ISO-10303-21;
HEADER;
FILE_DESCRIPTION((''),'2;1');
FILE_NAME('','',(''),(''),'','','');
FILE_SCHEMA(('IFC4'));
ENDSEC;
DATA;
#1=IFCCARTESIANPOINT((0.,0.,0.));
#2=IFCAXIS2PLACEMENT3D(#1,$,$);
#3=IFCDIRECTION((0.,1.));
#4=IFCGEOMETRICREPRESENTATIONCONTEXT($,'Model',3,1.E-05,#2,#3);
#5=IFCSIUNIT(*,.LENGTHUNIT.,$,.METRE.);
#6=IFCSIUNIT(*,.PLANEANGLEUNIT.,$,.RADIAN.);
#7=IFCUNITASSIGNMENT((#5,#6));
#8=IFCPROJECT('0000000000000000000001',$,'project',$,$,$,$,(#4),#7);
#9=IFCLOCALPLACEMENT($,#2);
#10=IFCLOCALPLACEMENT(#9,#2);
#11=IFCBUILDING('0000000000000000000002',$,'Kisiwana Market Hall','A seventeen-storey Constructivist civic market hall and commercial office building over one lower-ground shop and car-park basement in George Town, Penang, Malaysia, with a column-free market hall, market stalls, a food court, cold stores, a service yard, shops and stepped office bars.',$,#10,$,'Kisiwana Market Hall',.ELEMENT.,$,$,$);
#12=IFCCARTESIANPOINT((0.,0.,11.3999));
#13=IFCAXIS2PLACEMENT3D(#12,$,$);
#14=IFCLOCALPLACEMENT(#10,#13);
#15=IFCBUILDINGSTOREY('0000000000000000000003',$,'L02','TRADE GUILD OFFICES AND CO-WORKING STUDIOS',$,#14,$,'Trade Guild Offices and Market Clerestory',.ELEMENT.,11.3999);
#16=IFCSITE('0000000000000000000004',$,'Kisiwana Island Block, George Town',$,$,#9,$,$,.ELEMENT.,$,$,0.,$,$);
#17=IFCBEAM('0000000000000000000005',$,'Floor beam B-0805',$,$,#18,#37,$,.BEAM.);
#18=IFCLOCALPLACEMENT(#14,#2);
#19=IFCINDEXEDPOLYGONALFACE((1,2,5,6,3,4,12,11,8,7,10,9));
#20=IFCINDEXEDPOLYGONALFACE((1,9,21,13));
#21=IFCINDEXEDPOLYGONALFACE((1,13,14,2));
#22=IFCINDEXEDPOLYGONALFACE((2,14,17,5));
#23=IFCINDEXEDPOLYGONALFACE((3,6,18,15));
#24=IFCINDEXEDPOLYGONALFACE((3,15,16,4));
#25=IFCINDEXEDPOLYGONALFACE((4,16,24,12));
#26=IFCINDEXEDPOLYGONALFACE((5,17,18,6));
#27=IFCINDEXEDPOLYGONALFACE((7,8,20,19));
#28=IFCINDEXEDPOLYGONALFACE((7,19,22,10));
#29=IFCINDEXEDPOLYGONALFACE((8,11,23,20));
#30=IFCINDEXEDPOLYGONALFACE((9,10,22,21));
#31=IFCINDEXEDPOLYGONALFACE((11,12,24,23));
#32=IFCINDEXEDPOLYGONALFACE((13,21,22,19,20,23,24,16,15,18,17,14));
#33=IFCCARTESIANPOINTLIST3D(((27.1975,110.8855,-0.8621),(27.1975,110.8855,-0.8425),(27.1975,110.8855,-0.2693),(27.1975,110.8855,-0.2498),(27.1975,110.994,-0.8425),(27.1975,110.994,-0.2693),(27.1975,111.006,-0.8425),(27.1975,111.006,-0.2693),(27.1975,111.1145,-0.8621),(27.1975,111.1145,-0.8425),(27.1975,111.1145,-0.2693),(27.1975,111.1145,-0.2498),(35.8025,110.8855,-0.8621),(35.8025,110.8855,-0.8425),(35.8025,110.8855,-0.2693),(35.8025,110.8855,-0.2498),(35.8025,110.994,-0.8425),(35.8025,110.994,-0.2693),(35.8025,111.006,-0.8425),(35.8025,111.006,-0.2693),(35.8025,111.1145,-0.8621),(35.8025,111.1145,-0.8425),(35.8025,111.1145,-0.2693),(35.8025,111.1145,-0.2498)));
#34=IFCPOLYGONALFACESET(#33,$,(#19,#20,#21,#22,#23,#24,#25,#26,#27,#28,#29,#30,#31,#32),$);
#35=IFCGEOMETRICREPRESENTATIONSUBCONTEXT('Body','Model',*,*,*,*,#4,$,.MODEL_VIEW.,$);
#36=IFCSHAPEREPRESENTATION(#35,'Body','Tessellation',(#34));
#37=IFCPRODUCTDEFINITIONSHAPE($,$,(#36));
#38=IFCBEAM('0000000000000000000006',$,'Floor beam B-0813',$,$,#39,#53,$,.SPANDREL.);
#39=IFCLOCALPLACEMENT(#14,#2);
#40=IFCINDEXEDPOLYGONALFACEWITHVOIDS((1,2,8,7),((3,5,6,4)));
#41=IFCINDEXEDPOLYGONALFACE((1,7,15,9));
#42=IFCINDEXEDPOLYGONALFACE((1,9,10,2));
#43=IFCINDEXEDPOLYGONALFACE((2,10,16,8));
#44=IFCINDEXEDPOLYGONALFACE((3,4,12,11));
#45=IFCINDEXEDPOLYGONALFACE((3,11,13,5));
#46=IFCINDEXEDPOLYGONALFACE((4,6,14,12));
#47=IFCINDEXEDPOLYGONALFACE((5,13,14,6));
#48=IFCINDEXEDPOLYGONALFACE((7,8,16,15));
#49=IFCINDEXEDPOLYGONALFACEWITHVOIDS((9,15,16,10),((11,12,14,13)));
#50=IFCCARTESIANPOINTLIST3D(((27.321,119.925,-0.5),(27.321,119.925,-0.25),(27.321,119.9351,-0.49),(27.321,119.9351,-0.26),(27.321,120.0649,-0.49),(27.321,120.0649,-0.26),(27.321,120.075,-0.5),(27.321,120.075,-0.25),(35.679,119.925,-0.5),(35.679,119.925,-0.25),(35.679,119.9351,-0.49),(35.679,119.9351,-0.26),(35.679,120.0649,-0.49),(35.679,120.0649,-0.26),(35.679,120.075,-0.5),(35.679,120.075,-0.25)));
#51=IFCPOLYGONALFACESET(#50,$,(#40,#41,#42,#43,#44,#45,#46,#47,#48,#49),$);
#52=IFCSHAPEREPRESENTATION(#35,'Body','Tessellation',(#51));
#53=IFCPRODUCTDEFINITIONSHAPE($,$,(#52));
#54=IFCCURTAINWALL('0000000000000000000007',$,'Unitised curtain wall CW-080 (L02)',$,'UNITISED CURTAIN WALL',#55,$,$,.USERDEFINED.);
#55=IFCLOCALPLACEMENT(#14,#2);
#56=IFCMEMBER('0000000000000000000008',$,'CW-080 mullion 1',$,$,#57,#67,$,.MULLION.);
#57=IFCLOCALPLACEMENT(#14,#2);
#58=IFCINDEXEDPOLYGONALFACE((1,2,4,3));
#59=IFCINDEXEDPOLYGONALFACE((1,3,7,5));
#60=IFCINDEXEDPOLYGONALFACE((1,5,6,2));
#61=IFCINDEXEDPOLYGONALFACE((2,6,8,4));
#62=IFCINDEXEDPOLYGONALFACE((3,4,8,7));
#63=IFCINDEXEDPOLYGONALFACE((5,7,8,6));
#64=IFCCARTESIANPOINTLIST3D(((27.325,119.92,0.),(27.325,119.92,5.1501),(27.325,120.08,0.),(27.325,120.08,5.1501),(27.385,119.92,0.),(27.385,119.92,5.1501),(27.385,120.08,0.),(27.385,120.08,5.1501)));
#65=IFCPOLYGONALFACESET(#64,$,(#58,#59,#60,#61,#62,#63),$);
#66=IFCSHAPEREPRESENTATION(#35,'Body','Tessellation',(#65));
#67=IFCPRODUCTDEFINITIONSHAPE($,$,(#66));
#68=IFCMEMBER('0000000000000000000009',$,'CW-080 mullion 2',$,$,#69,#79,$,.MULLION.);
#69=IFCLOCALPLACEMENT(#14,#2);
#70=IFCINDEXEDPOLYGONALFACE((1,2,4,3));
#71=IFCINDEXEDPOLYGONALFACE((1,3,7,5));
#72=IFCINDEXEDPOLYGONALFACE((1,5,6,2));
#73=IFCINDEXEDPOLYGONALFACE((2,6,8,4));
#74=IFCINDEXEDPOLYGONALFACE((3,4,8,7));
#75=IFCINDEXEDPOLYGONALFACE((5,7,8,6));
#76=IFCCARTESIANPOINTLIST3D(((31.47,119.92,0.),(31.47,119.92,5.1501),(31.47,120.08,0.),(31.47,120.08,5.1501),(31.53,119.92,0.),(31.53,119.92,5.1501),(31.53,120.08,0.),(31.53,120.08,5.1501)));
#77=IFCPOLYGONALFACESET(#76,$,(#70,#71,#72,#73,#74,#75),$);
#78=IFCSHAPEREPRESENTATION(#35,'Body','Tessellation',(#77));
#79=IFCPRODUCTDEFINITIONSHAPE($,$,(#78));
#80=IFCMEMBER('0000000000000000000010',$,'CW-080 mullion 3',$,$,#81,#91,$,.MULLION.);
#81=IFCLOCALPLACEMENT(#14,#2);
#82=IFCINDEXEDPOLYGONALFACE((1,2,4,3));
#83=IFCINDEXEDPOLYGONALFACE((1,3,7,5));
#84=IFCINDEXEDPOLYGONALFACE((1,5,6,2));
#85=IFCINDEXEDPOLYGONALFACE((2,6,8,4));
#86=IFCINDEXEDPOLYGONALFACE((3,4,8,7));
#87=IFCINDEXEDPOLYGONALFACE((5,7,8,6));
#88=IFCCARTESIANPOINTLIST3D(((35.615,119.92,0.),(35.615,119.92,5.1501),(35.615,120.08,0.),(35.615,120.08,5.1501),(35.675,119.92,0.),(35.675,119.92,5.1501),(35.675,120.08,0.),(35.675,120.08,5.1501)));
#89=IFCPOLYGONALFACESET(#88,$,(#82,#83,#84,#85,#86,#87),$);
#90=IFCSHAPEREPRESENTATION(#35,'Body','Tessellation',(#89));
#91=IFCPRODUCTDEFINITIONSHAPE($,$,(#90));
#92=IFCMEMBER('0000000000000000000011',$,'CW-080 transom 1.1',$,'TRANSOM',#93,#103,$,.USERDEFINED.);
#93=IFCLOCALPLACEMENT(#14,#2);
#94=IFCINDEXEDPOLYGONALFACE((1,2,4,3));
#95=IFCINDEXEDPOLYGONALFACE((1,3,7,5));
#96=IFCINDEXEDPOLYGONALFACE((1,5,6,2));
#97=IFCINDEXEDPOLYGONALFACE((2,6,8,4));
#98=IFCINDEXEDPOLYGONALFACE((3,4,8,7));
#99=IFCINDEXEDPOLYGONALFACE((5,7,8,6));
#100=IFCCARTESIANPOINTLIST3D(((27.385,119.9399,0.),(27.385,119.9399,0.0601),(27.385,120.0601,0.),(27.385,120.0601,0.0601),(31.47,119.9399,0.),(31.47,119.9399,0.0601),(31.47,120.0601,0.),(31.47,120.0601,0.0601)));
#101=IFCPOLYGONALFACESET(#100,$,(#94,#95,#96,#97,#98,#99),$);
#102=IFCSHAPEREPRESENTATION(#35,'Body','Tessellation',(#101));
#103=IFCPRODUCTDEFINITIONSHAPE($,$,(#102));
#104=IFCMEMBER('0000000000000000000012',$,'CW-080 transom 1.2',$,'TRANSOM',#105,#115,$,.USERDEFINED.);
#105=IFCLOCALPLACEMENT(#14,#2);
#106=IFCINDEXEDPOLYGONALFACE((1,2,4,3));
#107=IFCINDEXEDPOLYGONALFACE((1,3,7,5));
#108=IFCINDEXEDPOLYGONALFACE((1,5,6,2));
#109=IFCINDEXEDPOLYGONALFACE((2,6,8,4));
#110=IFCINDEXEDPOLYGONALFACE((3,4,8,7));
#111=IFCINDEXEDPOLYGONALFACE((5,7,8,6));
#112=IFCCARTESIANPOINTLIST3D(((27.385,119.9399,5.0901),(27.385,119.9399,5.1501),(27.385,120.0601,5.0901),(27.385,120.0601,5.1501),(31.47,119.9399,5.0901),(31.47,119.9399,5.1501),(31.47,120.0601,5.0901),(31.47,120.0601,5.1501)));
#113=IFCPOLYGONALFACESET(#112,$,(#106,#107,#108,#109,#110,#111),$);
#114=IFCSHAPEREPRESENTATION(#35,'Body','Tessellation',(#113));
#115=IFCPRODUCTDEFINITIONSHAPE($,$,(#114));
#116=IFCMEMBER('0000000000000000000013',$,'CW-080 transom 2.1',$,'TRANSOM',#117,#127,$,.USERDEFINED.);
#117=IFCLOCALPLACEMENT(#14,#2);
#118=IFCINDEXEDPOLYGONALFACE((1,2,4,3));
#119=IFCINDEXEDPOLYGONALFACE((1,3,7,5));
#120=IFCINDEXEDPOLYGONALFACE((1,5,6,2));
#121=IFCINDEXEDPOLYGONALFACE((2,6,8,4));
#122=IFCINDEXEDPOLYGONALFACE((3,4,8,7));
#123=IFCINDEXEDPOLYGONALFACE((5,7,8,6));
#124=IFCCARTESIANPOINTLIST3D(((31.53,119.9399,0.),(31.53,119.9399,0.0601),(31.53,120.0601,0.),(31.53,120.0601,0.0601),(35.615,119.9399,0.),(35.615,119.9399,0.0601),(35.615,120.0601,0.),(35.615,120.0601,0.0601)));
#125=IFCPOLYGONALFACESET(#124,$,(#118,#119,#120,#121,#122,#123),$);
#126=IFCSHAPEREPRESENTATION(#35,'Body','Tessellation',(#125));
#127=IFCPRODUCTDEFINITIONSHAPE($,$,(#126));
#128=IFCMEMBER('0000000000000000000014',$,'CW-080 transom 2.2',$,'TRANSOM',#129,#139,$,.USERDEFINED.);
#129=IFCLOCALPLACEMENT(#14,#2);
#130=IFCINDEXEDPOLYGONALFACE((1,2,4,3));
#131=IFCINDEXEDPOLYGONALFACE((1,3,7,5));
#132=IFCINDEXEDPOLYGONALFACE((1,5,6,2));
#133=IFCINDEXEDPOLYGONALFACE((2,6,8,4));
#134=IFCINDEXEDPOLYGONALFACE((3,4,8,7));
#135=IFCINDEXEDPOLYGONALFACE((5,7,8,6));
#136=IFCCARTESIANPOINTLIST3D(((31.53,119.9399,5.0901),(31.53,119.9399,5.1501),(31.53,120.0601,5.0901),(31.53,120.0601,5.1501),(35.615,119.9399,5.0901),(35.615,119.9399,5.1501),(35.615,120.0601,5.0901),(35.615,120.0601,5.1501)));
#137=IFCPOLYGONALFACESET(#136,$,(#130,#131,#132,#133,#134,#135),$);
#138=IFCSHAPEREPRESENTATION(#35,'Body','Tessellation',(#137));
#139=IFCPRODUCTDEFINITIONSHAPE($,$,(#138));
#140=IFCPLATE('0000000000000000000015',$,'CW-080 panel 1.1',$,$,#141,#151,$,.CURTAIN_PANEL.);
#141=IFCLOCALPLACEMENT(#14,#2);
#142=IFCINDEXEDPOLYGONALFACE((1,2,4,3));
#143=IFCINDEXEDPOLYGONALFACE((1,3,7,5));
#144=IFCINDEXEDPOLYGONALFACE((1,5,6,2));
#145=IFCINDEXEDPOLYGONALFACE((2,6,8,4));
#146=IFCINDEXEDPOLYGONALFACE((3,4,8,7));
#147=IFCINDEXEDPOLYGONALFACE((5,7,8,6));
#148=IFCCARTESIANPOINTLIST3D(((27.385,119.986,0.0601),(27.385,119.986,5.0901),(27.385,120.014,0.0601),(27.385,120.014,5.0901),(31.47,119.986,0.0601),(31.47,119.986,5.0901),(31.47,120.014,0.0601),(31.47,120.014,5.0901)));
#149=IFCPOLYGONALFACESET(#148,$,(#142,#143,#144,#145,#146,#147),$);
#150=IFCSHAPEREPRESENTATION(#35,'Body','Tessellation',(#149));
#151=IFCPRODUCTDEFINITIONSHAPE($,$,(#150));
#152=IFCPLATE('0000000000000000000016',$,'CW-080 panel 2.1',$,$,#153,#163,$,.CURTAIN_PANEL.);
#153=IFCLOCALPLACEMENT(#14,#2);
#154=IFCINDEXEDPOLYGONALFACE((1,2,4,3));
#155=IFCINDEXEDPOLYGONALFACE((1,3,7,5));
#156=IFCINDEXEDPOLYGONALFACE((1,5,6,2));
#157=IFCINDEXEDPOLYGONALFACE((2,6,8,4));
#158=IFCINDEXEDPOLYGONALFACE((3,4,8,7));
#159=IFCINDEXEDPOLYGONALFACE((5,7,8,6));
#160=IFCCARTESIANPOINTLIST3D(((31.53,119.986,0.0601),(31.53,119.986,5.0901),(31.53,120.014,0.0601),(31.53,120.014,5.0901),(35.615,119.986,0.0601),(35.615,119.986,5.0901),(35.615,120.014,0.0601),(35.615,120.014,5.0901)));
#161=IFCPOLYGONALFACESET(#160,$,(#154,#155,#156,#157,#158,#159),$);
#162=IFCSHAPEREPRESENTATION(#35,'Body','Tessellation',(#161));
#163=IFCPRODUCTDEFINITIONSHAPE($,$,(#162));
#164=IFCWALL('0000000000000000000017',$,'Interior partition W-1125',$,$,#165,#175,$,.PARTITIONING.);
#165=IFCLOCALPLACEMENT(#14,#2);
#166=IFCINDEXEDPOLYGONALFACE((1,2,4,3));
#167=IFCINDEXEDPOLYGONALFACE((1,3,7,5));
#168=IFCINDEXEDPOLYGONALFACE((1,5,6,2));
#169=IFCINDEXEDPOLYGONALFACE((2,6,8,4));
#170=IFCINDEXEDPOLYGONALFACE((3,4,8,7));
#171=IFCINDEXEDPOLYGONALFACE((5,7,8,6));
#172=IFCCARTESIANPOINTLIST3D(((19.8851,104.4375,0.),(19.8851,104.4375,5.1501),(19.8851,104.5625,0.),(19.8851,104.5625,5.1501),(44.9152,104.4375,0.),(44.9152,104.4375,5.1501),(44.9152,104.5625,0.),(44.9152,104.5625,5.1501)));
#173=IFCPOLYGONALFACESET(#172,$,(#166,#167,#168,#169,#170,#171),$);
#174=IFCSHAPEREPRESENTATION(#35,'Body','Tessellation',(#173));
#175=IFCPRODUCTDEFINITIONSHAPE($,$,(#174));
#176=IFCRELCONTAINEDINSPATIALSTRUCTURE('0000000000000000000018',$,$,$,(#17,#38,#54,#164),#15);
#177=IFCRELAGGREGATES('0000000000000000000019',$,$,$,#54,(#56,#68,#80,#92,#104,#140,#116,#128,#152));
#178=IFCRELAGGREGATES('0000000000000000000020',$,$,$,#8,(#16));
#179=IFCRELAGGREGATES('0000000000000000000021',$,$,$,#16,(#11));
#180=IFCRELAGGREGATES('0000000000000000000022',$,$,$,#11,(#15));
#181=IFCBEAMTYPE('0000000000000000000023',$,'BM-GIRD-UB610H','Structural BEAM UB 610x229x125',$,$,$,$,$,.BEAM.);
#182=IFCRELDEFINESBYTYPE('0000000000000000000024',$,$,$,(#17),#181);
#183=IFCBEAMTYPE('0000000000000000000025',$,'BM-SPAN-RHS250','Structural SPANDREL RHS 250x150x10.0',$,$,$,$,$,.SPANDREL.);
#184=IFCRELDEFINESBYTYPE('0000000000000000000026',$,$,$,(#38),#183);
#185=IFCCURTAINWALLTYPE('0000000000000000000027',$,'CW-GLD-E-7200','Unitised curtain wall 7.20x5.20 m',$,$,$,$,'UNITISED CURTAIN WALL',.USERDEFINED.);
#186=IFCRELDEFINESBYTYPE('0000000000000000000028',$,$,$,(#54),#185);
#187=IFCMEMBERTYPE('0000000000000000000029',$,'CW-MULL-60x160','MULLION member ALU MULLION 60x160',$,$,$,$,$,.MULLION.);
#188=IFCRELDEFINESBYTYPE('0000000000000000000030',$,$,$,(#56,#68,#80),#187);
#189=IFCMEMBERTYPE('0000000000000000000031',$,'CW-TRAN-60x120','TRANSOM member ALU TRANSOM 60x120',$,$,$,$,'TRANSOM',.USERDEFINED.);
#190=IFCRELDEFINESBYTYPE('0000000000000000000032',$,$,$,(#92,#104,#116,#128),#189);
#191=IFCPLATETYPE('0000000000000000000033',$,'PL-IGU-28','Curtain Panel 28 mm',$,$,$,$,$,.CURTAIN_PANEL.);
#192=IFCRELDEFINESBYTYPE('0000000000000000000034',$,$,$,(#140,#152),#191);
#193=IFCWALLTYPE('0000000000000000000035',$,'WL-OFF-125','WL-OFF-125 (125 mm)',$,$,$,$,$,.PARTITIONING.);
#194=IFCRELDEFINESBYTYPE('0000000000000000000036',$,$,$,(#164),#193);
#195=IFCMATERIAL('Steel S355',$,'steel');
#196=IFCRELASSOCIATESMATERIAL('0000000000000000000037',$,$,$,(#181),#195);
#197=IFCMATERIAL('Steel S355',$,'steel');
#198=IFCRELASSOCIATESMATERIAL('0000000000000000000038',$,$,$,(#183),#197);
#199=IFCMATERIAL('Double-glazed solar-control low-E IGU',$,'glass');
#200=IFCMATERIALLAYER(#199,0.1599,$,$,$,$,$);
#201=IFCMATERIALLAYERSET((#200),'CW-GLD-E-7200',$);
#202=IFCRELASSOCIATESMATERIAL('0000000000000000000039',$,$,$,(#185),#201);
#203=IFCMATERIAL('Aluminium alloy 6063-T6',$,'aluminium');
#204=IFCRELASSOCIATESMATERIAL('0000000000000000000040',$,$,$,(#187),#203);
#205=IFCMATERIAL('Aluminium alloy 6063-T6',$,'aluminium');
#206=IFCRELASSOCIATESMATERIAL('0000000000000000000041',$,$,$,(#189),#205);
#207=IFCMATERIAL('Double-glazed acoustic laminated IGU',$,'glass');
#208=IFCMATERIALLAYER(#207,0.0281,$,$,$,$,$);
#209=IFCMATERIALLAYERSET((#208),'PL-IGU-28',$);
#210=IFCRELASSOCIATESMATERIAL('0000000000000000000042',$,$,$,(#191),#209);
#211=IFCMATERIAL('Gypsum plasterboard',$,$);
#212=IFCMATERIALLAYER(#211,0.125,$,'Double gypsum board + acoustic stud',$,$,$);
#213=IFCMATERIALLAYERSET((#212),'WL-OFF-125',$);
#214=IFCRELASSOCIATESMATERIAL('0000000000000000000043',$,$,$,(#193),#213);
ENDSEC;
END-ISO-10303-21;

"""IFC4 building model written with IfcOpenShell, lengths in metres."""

from ifc_helpers import new_model, si_unit, direction, frame, frame_2d, origin, origin_2d, place, context, subcontext, project, spatial, rectangle, hollow_rectangle, i_section, extrude, material, layer, layer_set, material_profile, profile_set, type_object, element, aggregate, save


model = new_model("IFC4")

# Units and contexts
model_context = context("Model", 3, precision=1e-05, world=origin(), true_north=direction((0.0, 1.0)))
body_context = subcontext(model_context, "Body", "Model", "MODEL_VIEW")
ifc_project = project(units=[si_unit("LENGTHUNIT", "METRE"), si_unit("PLANEANGLEUNIT", "RADIAN")], contexts=[model_context])

# Site, building, storey
site_placement = place(None, origin())
site = spatial("IfcSite", under=ifc_project, at=site_placement, Name="Kisiwana Island Block, George Town", CompositionType="ELEMENT", RefElevation=0.0)
building_placement = place(site_placement, origin())
building = spatial("IfcBuilding", under=site, at=building_placement, Name="Kisiwana Market Hall", Description="A seventeen-storey Constructivist civic market hall and commercial office building over one lower-ground shop and car-park basement in George Town, Penang, Malaysia, with a column-free market hall, market stalls, a food court, cold stores, a service yard, shops and stepped office bars.", LongName="Kisiwana Market Hall", CompositionType="ELEMENT")
storey_placement = place(building_placement, frame((0.0, 0.0, 11.3999)))
storey = spatial("IfcBuildingStorey", under=building, at=storey_placement, Name="L02", Description="TRADE GUILD OFFICES AND CO-WORKING STUDIOS", LongName="Trade Guild Offices and Market Clerestory", CompositionType="ELEMENT", Elevation=11.3999)

# Beams
ifc_material_1 = material(Name="Steel S355", Category="steel")
ifc_material_profile_1 = material_profile(ifc_material_1, i_section(OverallWidth=0.229, OverallDepth=0.6123, WebThickness=0.012, FlangeThickness=0.0195, at=origin_2d()), Name="UB 610x229x125")
ifc_profile_set_1 = profile_set([ifc_material_profile_1], Name="Steel S355")
beam_type_1 = type_object("IfcBeamType", Name="BM-GIRD-UB610H", Description="Structural BEAM UB 610x229x125", PredefinedType="BEAM", material=ifc_profile_set_1)
beam_1_placement = place(storey_placement, frame((27.1975, 111.0, -0.5559), z_axis=(1.0, 0.0, 0.0), x_axis=(0.0, 1.0, 0.0)))
element("IfcBeam", 1, at=beam_1_placement, inside=storey, type_object=beam_type_1, Name="Floor beam B-0805", PredefinedType="BEAM", context=body_context, shape_type="SweptSolid", body=[
    extrude(i_section(OverallWidth=0.229, OverallDepth=0.6123, WebThickness=0.012, FlangeThickness=0.0195, at=origin_2d()), origin(), (0.0, 0.0, 1.0), 8.605),
])
ifc_material_2 = material(Name="Steel S355", Category="steel")
ifc_material_profile_2 = material_profile(ifc_material_2, hollow_rectangle(XDim=0.1499, YDim=0.25, WallThickness=0.01, at=origin_2d()), Name="RHS 250x150x10.0")
ifc_profile_set_2 = profile_set([ifc_material_profile_2], Name="Steel S355")
beam_type_2 = type_object("IfcBeamType", Name="BM-SPAN-RHS250", Description="Structural SPANDREL RHS 250x150x10.0", PredefinedType="SPANDREL", material=ifc_profile_set_2)
beam_2_placement = place(storey_placement, frame((27.321, 120.0, -0.375), z_axis=(1.0, 0.0, 0.0), x_axis=(0.0, 1.0, 0.0)))
element("IfcBeam", 2, at=beam_2_placement, inside=storey, type_object=beam_type_2, Name="Floor beam B-0813", PredefinedType="SPANDREL", context=body_context, shape_type="SweptSolid", body=[
    extrude(hollow_rectangle(XDim=0.1499, YDim=0.25, WallThickness=0.01, at=origin_2d()), origin(), (0.0, 0.0, 1.0), 8.3579),
])

# Curtain wall, members, plates
ifc_material_3 = material(Name="Double-glazed solar-control low-E IGU", Category="glass")
ifc_layer_1 = layer(ifc_material_3, 0.1599)
ifc_layer_set_1 = layer_set([ifc_layer_1], Name="CW-GLD-E-7200")
curtain_wall_type = type_object("IfcCurtainWallType", Name="CW-GLD-E-7200", Description="Unitised curtain wall 7.20x5.20 m", ElementType="UNITISED CURTAIN WALL", PredefinedType="USERDEFINED", material=ifc_layer_set_1)
curtain_wall_placement = place(storey_placement, origin())
curtain_wall = element("IfcCurtainWall", 3, at=curtain_wall_placement, inside=storey, type_object=curtain_wall_type, Name="Unitised curtain wall CW-080 (L02)", ObjectType="UNITISED CURTAIN WALL", PredefinedType="USERDEFINED")
ifc_material_4 = material(Name="Aluminium alloy 6063-T6", Category="aluminium")
ifc_material_profile_3 = material_profile(ifc_material_4, rectangle(XDim=0.0601, YDim=0.1599, at=origin_2d()), Name="ALU MULLION 60x160")
ifc_profile_set_3 = profile_set([ifc_material_profile_3], Name="Aluminium alloy 6063-T6")
member_type_1 = type_object("IfcMemberType", Name="CW-MULL-60x160", Description="MULLION member ALU MULLION 60x160", PredefinedType="MULLION", material=ifc_profile_set_3)
member_1_placement = place(storey_placement, frame((27.355, 120.0, 0.0), z_axis=(0.0, 0.0, 1.0), x_axis=(1.0, 0.0, 0.0)))
member_1 = element("IfcMember", 4, at=member_1_placement, type_object=member_type_1, Name="CW-080 mullion 1", PredefinedType="MULLION", context=body_context, shape_type="SweptSolid", body=[
    extrude(rectangle(XDim=0.0601, YDim=0.1599, at=origin_2d()), origin(), (0.0, 0.0, 1.0), 5.1501),
])
member_2_placement = place(storey_placement, frame((31.5, 120.0, 0.0), z_axis=(0.0, 0.0, 1.0), x_axis=(1.0, 0.0, 0.0)))
member_2 = element("IfcMember", 5, at=member_2_placement, type_object=member_type_1, Name="CW-080 mullion 2", PredefinedType="MULLION", context=body_context, shape_type="SweptSolid", body=[
    extrude(rectangle(XDim=0.0601, YDim=0.1599, at=origin_2d()), origin(), (0.0, 0.0, 1.0), 5.1501),
])
member_3_placement = place(storey_placement, frame((35.645, 120.0, 0.0), z_axis=(0.0, 0.0, 1.0), x_axis=(1.0, 0.0, 0.0)))
member_3 = element("IfcMember", 6, at=member_3_placement, type_object=member_type_1, Name="CW-080 mullion 3", PredefinedType="MULLION", context=body_context, shape_type="SweptSolid", body=[
    extrude(rectangle(XDim=0.0601, YDim=0.1599, at=origin_2d()), origin(), (0.0, 0.0, 1.0), 5.1501),
])
ifc_material_5 = material(Name="Aluminium alloy 6063-T6", Category="aluminium")
ifc_material_profile_4 = material_profile(ifc_material_5, rectangle(XDim=0.1201, YDim=0.0601, at=origin_2d()), Name="ALU TRANSOM 60x120")
ifc_profile_set_4 = profile_set([ifc_material_profile_4], Name="Aluminium alloy 6063-T6")
member_type_2 = type_object("IfcMemberType", Name="CW-TRAN-60x120", Description="TRANSOM member ALU TRANSOM 60x120", ElementType="TRANSOM", PredefinedType="USERDEFINED", material=ifc_profile_set_4)
member_4_placement = place(storey_placement, frame((27.385, 120.0, 0.03), z_axis=(1.0, 0.0, 0.0), x_axis=(0.0, 1.0, 0.0)))
member_4 = element("IfcMember", 7, at=member_4_placement, type_object=member_type_2, Name="CW-080 transom 1.1", ObjectType="TRANSOM", PredefinedType="USERDEFINED", context=body_context, shape_type="SweptSolid", body=[
    extrude(rectangle(XDim=0.1201, YDim=0.0601, at=origin_2d()), origin(), (0.0, 0.0, 1.0), 4.085),
])
member_5_placement = place(storey_placement, frame((27.385, 120.0, 5.1201), z_axis=(1.0, 0.0, 0.0), x_axis=(0.0, 1.0, 0.0)))
member_5 = element("IfcMember", 8, at=member_5_placement, type_object=member_type_2, Name="CW-080 transom 1.2", ObjectType="TRANSOM", PredefinedType="USERDEFINED", context=body_context, shape_type="SweptSolid", body=[
    extrude(rectangle(XDim=0.1201, YDim=0.0601, at=origin_2d()), origin(), (0.0, 0.0, 1.0), 4.085),
])
member_6_placement = place(storey_placement, frame((31.53, 120.0, 0.03), z_axis=(1.0, 0.0, 0.0), x_axis=(0.0, 1.0, 0.0)))
member_6 = element("IfcMember", 9, at=member_6_placement, type_object=member_type_2, Name="CW-080 transom 2.1", ObjectType="TRANSOM", PredefinedType="USERDEFINED", context=body_context, shape_type="SweptSolid", body=[
    extrude(rectangle(XDim=0.1201, YDim=0.0601, at=origin_2d()), origin(), (0.0, 0.0, 1.0), 4.085),
])
member_7_placement = place(storey_placement, frame((31.53, 120.0, 5.1201), z_axis=(1.0, 0.0, 0.0), x_axis=(0.0, 1.0, 0.0)))
member_7 = element("IfcMember", 10, at=member_7_placement, type_object=member_type_2, Name="CW-080 transom 2.2", ObjectType="TRANSOM", PredefinedType="USERDEFINED", context=body_context, shape_type="SweptSolid", body=[
    extrude(rectangle(XDim=0.1201, YDim=0.0601, at=origin_2d()), origin(), (0.0, 0.0, 1.0), 4.085),
])
ifc_material_6 = material(Name="Double-glazed acoustic laminated IGU", Category="glass")
ifc_layer_2 = layer(ifc_material_6, 0.0281)
ifc_layer_set_2 = layer_set([ifc_layer_2], Name="PL-IGU-28")
plate_type = type_object("IfcPlateType", Name="PL-IGU-28", Description="Curtain Panel 28 mm", PredefinedType="CURTAIN_PANEL", material=ifc_layer_set_2)
plate_1_placement = place(storey_placement, frame((29.4275, 120.0, 0.0601), z_axis=(0.0, 0.0, 1.0), x_axis=(1.0, 0.0, 0.0)))
plate_1 = element("IfcPlate", 11, at=plate_1_placement, type_object=plate_type, Name="CW-080 panel 1.1", PredefinedType="CURTAIN_PANEL", context=body_context, shape_type="SweptSolid", body=[
    extrude(rectangle(XDim=4.085, YDim=0.0281, at=origin_2d()), origin(), (0.0, 0.0, 1.0), 5.03),
])
plate_2_placement = place(storey_placement, frame((33.5725, 120.0, 0.0601), z_axis=(0.0, 0.0, 1.0), x_axis=(1.0, 0.0, 0.0)))
plate_2 = element("IfcPlate", 12, at=plate_2_placement, type_object=plate_type, Name="CW-080 panel 2.1", PredefinedType="CURTAIN_PANEL", context=body_context, shape_type="SweptSolid", body=[
    extrude(rectangle(XDim=4.085, YDim=0.0281, at=origin_2d()), origin(), (0.0, 0.0, 1.0), 5.03),
])
aggregate(curtain_wall, [member_1, member_2, member_3, member_4, member_5, plate_1, member_6, member_7, plate_2])

# Wall
ifc_material_7 = material(Name="Gypsum plasterboard")
ifc_layer_3 = layer(ifc_material_7, 0.125, Name="Double gypsum board + acoustic stud")
ifc_layer_set_3 = layer_set([ifc_layer_3], Name="WL-OFF-125")
wall_type = type_object("IfcWallType", Name="WL-OFF-125", Description="WL-OFF-125 (125 mm)", PredefinedType="PARTITIONING", material=ifc_layer_set_3)
wall_placement = place(storey_placement, frame((19.885, 104.5, 0.0), z_axis=(0.0, 0.0, 1.0), x_axis=(1.0, 0.0, 0.0)))
element("IfcWall", 13, at=wall_placement, inside=storey, type_object=wall_type, Name="Interior partition W-1125", PredefinedType="PARTITIONING", context=body_context, shape_type="SweptSolid", body=[
    extrude(rectangle(XDim=25.03, YDim=0.125, at=frame_2d((12.5151, 0.0))), origin(), (0.0, 0.0, 1.0), 5.1501),
])

save(model, "model.ifc")
